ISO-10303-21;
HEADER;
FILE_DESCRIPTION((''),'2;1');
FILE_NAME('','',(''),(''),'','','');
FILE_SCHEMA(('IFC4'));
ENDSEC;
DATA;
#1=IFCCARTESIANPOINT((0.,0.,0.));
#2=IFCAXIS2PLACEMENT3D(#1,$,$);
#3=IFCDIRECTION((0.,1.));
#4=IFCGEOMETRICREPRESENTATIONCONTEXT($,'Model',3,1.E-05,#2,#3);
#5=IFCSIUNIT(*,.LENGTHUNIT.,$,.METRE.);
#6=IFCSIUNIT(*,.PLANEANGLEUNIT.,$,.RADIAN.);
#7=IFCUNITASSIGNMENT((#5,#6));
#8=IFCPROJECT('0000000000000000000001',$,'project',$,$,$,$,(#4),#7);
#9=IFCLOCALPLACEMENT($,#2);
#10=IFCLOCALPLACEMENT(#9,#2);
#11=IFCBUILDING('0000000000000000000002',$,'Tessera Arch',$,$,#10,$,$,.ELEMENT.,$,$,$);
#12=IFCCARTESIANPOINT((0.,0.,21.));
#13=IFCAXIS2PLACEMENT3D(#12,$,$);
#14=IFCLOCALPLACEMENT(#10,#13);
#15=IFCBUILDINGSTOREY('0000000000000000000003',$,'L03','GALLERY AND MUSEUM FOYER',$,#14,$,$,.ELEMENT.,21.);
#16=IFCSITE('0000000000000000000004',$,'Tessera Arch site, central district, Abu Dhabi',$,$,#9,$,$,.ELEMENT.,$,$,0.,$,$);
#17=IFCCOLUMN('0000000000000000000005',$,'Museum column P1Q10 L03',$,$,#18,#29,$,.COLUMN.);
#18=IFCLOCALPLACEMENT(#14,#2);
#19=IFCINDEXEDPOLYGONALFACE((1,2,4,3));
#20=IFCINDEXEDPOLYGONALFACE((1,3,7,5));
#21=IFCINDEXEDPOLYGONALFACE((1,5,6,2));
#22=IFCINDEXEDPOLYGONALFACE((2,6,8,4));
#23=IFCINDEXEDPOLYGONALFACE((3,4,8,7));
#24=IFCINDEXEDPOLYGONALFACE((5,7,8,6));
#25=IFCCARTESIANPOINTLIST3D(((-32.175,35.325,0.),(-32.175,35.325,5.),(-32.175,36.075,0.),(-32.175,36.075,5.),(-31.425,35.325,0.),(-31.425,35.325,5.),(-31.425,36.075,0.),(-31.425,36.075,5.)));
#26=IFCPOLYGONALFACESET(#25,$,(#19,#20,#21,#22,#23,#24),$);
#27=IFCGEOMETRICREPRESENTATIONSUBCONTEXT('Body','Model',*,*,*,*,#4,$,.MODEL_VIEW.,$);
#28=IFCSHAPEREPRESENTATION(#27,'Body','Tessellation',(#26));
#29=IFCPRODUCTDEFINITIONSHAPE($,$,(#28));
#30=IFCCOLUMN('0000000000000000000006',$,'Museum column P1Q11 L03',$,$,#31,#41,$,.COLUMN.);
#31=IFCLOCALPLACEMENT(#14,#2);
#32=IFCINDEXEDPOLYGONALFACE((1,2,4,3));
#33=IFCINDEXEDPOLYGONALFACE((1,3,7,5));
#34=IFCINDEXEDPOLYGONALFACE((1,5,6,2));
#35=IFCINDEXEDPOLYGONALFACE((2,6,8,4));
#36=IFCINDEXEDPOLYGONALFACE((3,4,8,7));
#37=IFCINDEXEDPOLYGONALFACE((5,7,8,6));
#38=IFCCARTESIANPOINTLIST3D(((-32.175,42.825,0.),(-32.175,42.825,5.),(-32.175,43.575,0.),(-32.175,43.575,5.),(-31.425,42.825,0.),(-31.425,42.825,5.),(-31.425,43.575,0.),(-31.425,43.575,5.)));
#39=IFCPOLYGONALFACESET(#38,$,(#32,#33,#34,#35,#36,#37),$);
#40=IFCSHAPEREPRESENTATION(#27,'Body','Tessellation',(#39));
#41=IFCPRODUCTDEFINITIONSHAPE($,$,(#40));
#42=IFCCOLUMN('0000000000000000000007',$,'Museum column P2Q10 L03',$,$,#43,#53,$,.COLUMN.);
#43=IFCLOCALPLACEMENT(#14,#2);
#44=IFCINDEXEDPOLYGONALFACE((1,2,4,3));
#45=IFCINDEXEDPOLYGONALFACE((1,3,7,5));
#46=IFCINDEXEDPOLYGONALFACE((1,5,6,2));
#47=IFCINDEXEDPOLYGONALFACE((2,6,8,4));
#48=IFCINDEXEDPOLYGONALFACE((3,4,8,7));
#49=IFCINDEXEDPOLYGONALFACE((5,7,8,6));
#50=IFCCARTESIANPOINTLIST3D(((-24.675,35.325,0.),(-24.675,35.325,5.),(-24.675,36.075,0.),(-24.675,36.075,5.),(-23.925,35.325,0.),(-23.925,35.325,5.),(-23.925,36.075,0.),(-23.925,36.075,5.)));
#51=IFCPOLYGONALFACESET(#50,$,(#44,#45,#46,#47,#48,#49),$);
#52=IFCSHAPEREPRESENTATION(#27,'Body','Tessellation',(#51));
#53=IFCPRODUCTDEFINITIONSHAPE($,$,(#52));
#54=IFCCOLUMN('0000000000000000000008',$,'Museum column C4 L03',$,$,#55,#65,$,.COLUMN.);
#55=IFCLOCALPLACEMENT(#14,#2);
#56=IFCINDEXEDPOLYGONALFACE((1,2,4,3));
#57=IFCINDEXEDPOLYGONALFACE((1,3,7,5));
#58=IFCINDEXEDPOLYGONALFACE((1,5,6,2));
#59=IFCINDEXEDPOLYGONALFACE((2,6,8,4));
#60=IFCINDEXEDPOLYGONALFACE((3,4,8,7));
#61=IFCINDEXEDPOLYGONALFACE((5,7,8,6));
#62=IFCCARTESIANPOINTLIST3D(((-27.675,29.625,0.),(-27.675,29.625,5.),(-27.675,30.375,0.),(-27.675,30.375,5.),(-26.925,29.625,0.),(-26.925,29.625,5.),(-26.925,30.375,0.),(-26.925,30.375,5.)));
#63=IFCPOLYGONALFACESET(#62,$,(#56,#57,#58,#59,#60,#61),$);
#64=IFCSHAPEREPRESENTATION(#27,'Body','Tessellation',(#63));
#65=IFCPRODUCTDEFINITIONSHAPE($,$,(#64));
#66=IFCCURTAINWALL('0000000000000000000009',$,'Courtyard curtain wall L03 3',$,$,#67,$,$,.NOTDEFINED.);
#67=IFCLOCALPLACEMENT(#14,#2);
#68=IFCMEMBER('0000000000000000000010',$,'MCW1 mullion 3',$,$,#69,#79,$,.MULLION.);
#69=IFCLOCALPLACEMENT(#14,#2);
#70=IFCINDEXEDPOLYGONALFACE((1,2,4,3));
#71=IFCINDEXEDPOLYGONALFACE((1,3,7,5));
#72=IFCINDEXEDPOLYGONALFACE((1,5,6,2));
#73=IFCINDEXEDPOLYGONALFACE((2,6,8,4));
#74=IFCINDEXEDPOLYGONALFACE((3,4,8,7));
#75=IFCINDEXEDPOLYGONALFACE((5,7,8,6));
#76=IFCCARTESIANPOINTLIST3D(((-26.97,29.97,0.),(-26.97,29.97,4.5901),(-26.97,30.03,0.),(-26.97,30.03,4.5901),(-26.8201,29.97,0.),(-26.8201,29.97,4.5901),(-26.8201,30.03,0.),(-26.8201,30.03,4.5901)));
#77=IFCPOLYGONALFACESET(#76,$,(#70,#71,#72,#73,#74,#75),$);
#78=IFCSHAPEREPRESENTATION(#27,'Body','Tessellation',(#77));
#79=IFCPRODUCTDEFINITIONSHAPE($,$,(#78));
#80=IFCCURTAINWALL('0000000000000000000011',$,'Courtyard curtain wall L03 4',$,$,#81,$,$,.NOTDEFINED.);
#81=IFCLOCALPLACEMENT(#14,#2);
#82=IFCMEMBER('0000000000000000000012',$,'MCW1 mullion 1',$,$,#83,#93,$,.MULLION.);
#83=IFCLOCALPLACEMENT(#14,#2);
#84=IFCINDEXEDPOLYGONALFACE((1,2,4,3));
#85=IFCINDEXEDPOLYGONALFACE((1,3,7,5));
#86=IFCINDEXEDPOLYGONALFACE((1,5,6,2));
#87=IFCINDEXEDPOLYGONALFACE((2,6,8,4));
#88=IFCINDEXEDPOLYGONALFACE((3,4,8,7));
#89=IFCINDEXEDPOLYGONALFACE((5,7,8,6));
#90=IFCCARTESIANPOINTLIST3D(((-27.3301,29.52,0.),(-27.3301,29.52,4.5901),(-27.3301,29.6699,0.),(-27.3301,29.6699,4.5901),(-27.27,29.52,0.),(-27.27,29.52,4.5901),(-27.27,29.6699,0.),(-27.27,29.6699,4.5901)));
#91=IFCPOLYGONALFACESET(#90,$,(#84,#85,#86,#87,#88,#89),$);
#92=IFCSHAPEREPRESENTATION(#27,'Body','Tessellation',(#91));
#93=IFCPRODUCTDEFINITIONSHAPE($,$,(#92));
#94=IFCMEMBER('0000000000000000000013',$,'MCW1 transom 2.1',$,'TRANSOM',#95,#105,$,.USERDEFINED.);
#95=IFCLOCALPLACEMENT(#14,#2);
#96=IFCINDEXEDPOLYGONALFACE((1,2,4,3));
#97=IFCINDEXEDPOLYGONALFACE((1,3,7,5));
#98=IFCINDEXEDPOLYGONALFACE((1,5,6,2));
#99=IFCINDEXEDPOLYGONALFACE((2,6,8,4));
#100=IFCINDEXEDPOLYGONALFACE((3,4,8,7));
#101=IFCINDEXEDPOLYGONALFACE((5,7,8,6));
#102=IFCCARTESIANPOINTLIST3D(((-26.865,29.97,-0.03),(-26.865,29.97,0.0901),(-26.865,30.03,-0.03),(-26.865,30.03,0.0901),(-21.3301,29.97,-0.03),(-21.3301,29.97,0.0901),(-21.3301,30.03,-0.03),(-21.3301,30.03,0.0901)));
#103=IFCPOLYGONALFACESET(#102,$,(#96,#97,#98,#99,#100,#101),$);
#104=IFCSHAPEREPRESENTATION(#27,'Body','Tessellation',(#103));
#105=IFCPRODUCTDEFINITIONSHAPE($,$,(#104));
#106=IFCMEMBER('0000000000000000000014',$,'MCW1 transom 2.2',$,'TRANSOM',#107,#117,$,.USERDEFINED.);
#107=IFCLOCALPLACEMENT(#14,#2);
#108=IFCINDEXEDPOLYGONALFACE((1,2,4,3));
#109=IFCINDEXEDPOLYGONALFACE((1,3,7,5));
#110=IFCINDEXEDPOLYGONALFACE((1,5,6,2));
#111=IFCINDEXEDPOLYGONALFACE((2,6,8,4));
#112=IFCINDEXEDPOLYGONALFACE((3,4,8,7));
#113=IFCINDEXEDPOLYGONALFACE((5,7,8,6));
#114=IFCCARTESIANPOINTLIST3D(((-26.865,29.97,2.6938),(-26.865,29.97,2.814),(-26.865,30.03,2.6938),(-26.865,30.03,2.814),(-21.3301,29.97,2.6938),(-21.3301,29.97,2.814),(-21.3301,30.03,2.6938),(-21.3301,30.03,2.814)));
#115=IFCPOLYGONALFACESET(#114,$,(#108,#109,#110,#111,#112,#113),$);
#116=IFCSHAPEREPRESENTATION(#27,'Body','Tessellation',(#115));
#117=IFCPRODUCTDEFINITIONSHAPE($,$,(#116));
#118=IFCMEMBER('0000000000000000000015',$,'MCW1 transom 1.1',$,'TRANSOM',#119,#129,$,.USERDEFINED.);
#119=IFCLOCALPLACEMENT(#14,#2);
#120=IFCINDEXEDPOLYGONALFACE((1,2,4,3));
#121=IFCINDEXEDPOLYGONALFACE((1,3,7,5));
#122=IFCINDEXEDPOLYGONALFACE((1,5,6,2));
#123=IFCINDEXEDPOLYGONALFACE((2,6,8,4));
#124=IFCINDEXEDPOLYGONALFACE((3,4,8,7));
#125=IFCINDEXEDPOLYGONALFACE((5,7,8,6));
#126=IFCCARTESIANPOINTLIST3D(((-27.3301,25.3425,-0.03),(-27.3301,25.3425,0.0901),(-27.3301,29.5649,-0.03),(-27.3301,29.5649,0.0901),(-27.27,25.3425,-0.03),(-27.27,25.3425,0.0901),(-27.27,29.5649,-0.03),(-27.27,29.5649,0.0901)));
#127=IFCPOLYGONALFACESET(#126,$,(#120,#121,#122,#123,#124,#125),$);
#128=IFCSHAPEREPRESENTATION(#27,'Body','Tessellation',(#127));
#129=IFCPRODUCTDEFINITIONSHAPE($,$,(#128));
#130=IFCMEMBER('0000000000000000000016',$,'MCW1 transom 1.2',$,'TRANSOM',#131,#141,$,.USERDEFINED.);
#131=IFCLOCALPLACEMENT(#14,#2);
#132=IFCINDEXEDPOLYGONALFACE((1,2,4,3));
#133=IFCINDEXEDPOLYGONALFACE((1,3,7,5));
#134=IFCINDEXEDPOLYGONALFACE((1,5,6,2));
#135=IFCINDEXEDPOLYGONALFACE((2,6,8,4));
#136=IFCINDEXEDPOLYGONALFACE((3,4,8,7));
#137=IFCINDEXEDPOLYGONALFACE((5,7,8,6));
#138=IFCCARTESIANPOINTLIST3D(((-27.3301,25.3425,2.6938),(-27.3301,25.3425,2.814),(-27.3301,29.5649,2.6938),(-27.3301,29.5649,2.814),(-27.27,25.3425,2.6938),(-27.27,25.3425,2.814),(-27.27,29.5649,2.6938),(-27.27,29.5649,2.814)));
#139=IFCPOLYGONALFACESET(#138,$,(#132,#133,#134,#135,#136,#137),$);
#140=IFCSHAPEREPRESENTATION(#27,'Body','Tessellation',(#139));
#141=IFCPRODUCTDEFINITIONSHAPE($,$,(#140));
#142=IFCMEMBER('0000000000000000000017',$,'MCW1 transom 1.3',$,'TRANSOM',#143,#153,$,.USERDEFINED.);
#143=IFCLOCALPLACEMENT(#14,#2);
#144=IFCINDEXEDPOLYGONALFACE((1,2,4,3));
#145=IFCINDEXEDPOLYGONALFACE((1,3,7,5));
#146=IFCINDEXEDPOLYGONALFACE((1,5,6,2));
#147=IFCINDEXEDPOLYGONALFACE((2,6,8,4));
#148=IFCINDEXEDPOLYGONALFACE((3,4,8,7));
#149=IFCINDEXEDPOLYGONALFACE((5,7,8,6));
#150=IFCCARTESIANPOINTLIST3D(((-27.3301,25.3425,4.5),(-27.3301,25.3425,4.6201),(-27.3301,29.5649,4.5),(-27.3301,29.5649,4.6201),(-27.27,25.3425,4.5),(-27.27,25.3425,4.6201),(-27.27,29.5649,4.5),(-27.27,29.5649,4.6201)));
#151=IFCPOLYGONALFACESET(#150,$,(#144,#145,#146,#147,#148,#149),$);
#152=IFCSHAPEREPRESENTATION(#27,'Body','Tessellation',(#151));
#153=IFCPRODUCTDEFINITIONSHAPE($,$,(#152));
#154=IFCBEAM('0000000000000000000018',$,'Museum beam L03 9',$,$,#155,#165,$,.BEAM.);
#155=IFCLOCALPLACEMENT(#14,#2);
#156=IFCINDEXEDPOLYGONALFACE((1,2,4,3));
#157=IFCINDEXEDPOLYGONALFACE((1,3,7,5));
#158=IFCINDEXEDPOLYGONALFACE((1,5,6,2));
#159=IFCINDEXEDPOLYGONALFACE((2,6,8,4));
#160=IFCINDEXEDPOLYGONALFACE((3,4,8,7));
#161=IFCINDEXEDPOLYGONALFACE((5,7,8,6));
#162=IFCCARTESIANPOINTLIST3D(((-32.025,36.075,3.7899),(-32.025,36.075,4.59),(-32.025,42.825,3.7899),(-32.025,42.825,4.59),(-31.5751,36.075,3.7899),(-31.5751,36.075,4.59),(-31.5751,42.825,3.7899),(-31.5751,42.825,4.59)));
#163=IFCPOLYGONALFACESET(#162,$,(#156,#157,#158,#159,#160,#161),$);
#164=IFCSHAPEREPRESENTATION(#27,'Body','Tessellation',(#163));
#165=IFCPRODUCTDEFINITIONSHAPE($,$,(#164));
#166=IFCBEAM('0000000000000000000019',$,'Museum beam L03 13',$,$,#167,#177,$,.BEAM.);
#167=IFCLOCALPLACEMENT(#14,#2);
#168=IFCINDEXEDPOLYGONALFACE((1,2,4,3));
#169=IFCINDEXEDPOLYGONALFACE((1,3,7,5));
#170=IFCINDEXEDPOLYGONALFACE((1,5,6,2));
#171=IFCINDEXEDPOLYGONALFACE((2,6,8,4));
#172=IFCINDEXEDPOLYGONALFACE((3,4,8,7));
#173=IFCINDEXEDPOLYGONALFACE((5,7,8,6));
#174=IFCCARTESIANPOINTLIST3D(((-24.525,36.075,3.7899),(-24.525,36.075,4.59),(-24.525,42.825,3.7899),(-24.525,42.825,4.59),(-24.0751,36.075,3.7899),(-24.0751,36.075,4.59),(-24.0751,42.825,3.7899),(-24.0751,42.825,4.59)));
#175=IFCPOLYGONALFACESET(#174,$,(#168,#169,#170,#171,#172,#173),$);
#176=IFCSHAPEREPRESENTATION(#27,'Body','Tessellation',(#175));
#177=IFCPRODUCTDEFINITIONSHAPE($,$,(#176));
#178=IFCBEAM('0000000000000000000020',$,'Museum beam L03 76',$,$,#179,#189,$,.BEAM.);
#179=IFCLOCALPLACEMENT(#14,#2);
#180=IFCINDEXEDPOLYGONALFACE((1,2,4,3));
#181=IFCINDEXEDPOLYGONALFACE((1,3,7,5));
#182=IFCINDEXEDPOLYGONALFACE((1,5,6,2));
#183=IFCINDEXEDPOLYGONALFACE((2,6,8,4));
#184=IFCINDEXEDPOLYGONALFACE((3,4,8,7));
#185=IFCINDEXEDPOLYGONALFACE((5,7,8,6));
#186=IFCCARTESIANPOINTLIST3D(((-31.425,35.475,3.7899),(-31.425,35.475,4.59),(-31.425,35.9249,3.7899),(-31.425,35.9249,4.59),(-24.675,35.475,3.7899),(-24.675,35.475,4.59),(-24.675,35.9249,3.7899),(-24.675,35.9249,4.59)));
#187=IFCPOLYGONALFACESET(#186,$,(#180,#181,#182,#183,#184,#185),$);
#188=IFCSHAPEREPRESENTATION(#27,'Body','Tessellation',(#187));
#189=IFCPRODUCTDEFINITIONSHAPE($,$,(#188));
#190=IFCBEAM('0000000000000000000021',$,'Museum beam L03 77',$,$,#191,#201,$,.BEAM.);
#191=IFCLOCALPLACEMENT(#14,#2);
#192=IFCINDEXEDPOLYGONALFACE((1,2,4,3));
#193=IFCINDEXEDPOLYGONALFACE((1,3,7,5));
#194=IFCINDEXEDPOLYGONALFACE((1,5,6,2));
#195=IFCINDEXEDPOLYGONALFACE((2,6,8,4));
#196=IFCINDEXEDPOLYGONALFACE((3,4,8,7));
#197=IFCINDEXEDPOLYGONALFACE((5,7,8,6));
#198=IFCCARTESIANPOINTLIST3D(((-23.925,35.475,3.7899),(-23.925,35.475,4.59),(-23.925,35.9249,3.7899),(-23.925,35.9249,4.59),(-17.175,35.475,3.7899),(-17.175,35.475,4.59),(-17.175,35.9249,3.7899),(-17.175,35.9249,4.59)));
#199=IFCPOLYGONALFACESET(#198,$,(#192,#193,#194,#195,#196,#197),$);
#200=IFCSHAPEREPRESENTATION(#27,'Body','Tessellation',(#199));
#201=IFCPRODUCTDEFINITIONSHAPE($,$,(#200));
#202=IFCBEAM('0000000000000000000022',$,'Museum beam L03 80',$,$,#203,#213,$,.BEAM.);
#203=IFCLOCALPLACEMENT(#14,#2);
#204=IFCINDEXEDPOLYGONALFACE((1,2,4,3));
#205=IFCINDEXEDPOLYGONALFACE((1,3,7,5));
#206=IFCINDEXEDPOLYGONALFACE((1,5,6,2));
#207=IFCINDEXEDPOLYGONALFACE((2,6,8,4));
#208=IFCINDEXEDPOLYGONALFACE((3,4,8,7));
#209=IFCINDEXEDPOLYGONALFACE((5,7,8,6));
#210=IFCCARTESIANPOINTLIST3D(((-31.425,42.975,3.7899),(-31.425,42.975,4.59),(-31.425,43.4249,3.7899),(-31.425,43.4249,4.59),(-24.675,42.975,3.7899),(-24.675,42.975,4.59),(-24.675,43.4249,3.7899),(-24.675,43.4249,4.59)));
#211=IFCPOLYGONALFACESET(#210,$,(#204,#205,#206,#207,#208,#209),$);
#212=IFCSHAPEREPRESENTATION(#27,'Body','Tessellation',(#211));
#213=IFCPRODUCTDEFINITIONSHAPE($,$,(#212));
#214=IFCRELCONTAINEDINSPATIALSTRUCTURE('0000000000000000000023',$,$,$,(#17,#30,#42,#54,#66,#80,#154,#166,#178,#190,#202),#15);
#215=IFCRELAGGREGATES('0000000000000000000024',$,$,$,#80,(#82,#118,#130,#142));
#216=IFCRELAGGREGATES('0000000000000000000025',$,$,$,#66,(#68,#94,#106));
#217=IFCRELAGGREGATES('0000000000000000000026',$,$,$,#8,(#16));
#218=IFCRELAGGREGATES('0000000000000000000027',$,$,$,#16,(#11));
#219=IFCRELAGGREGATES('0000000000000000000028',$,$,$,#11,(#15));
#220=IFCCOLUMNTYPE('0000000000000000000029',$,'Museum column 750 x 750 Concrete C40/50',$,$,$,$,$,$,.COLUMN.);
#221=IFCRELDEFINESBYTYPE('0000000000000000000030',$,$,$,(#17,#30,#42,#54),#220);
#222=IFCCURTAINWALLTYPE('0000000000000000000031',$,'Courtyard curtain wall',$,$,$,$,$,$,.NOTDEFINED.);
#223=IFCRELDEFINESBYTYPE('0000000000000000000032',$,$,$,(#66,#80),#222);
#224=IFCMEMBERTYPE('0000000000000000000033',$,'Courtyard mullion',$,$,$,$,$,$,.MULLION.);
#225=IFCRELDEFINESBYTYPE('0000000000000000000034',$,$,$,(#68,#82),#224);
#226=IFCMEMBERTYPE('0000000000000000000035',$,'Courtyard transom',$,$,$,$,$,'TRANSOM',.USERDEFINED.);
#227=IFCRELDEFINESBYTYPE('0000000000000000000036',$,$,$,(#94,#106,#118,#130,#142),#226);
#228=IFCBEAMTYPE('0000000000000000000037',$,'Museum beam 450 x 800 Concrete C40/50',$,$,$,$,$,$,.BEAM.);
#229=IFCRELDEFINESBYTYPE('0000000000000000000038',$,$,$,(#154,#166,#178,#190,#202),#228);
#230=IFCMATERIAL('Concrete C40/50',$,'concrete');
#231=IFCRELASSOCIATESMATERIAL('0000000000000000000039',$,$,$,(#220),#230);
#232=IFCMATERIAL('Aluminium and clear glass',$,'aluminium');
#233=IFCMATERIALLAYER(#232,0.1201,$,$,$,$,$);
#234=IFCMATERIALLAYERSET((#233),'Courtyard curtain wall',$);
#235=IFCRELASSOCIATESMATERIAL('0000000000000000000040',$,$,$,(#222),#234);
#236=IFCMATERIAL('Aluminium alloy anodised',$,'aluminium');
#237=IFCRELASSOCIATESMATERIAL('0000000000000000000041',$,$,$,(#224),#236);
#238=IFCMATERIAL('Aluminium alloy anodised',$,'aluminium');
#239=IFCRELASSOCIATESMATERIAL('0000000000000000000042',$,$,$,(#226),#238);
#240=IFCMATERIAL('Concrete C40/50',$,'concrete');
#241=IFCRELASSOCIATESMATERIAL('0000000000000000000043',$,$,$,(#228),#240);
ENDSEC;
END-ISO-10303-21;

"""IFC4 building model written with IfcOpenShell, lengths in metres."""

from ifc_helpers import new_model, si_unit, direction, frame, origin, origin_2d, place, context, subcontext, project, spatial, rectangle, extrude, material, layer, layer_set, material_profile, profile_set, type_object, element, aggregate, save


model = new_model("IFC4")

# Units and contexts
model_context = context("Model", 3, precision=1e-05, world=origin(), true_north=direction((0.0, 1.0)))
body_context = subcontext(model_context, "Body", "Model", "MODEL_VIEW")
ifc_project = project(units=[si_unit("LENGTHUNIT", "METRE"), si_unit("PLANEANGLEUNIT", "RADIAN")], contexts=[model_context])

# Site, building, storey
site_placement = place(None, origin())
site = spatial("IfcSite", under=ifc_project, at=site_placement, Name="Tessera Arch site, central district, Abu Dhabi", CompositionType="ELEMENT", RefElevation=0.0)
building_placement = place(site_placement, origin())
building = spatial("IfcBuilding", under=site, at=building_placement, Name="Tessera Arch", CompositionType="ELEMENT")
storey_placement = place(building_placement, frame((0.0, 0.0, 21.0)))
storey = spatial("IfcBuildingStorey", under=building, at=storey_placement, Name="L03", Description="GALLERY AND MUSEUM FOYER", CompositionType="ELEMENT", Elevation=21.0)

# Columns
ifc_material_1 = material(Name="Concrete C40/50", Category="concrete")
ifc_material_profile_1 = material_profile(ifc_material_1, rectangle(XDim=0.75, YDim=0.75, at=origin_2d()), Name="Museum column 750 x 750 Concrete C40/50")
ifc_profile_set_1 = profile_set([ifc_material_profile_1], Name="Concrete C40/50")
column_type = type_object("IfcColumnType", Name="Museum column 750 x 750 Concrete C40/50", PredefinedType="COLUMN", material=ifc_profile_set_1)
for number, where, z_axis, x_axis, name in (
    (1, (-31.8, 35.7, 0.0), (0.0, 0.0, 1.0), (1.0, 0.0, 0.0), "Museum column P1Q10 L03"),
    (2, (-31.8, 43.2, 0.0), (0.0, 0.0, 1.0), (1.0, 0.0, 0.0), "Museum column P1Q11 L03"),
    (3, (-24.3, 35.7, 0.0), (0.0, 0.0, 1.0), (1.0, 0.0, 0.0), "Museum column P2Q10 L03"),
    (4, (-27.3, 30.0, 0.0), (0.0, 0.0, 1.0), (1.0, 0.0, 0.0), "Museum column C4 L03"),
):
    element("IfcColumn", number, at=place(storey_placement, frame(where, z_axis=z_axis, x_axis=x_axis)), inside=storey, type_object=column_type, Name=name, PredefinedType="COLUMN", context=body_context, shape_type="SweptSolid", body=[
        extrude(rectangle(XDim=0.75, YDim=0.75, at=origin_2d()), origin(), (0.0, 0.0, 1.0), 5.0),
    ])

# Curtain walls, members
ifc_material_2 = material(Name="Aluminium and clear glass", Category="aluminium")
ifc_layer_1 = layer(ifc_material_2, 0.1201)
ifc_layer_set_1 = layer_set([ifc_layer_1], Name="Courtyard curtain wall")
curtain_wall_type = type_object("IfcCurtainWallType", Name="Courtyard curtain wall", PredefinedType="NOTDEFINED", material=ifc_layer_set_1)
curtain_wall_1_placement = place(storey_placement, origin())
curtain_wall_1 = element("IfcCurtainWall", 5, at=curtain_wall_1_placement, inside=storey, type_object=curtain_wall_type, Name="Courtyard curtain wall L03 3", PredefinedType="NOTDEFINED")
ifc_material_3 = material(Name="Aluminium alloy anodised", Category="aluminium")
ifc_material_profile_2 = material_profile(ifc_material_3, rectangle(XDim=0.0601, YDim=0.1499, at=origin_2d()), Name="Courtyard mullion")
ifc_profile_set_2 = profile_set([ifc_material_profile_2], Name="Aluminium alloy anodised")
member_type_1 = type_object("IfcMemberType", Name="Courtyard mullion", PredefinedType="MULLION", material=ifc_profile_set_2)
member_1_placement = place(storey_placement, frame((-26.895, 30.0, 0.0), z_axis=(0.0, 0.0, 1.0), x_axis=(0.0, -1.0, 0.0)))
member_1 = element("IfcMember", 6, at=member_1_placement, type_object=member_type_1, Name="MCW1 mullion 3", PredefinedType="MULLION", context=body_context, shape_type="SweptSolid", body=[
    extrude(rectangle(XDim=0.0601, YDim=0.1499, at=origin_2d()), origin(), (0.0, 0.0, 1.0), 4.5901),
])
curtain_wall_2_placement = place(storey_placement, origin())
curtain_wall_2 = element("IfcCurtainWall", 7, at=curtain_wall_2_placement, inside=storey, type_object=curtain_wall_type, Name="Courtyard curtain wall L03 4", PredefinedType="NOTDEFINED")
member_2_placement = place(storey_placement, frame((-27.3, 29.595, 0.0), z_axis=(0.0, 0.0, 1.0), x_axis=(1.0, 0.0, 0.0)))
member_2 = element("IfcMember", 8, at=member_2_placement, type_object=member_type_1, Name="MCW1 mullion 1", PredefinedType="MULLION", context=body_context, shape_type="SweptSolid", body=[
    extrude(rectangle(XDim=0.0601, YDim=0.1499, at=origin_2d()), origin(), (0.0, 0.0, 1.0), 4.5901),
])

# Members
ifc_material_4 = material(Name="Aluminium alloy anodised", Category="aluminium")
ifc_material_profile_3 = material_profile(ifc_material_4, rectangle(XDim=0.0601, YDim=0.1201, at=origin_2d()), Name="Courtyard transom")
ifc_profile_set_3 = profile_set([ifc_material_profile_3], Name="Aluminium alloy anodised")
member_type_2 = type_object("IfcMemberType", Name="Courtyard transom", ElementType="TRANSOM", PredefinedType="USERDEFINED", material=ifc_profile_set_3)
member_3_placement = place(storey_placement, frame((-21.3301, 30.0, 0.03), z_axis=(-1.0, 0.0, 0.0), x_axis=(0.0, -1.0, 0.0)))
member_3 = element("IfcMember", 9, at=member_3_placement, type_object=member_type_2, Name="MCW1 transom 2.1", ObjectType="TRANSOM", PredefinedType="USERDEFINED", context=body_context, shape_type="SweptSolid", body=[
    extrude(rectangle(XDim=0.0601, YDim=0.1201, at=origin_2d()), origin(), (0.0, 0.0, 1.0), 5.5349),
])
member_4_placement = place(storey_placement, frame((-21.3301, 30.0, 2.7539), z_axis=(-1.0, 0.0, 0.0), x_axis=(0.0, -1.0, 0.0)))
member_4 = element("IfcMember", 10, at=member_4_placement, type_object=member_type_2, Name="MCW1 transom 2.2", ObjectType="TRANSOM", PredefinedType="USERDEFINED", context=body_context, shape_type="SweptSolid", body=[
    extrude(rectangle(XDim=0.0601, YDim=0.1201, at=origin_2d()), origin(), (0.0, 0.0, 1.0), 5.5349),
])
member_5_placement = place(storey_placement, frame((-27.3, 29.5649, 0.03), z_axis=(0.0, -1.0, 0.0), x_axis=(1.0, 0.0, 0.0)))
member_5 = element("IfcMember", 11, at=member_5_placement, type_object=member_type_2, Name="MCW1 transom 1.1", ObjectType="TRANSOM", PredefinedType="USERDEFINED", context=body_context, shape_type="SweptSolid", body=[
    extrude(rectangle(XDim=0.0601, YDim=0.1201, at=origin_2d()), origin(), (0.0, 0.0, 1.0), 4.2224),
])
member_6_placement = place(storey_placement, frame((-27.3, 29.5649, 2.7539), z_axis=(0.0, -1.0, 0.0), x_axis=(1.0, 0.0, 0.0)))
member_6 = element("IfcMember", 12, at=member_6_placement, type_object=member_type_2, Name="MCW1 transom 1.2", ObjectType="TRANSOM", PredefinedType="USERDEFINED", context=body_context, shape_type="SweptSolid", body=[
    extrude(rectangle(XDim=0.0601, YDim=0.1201, at=origin_2d()), origin(), (0.0, 0.0, 1.0), 4.2224),
])
member_7_placement = place(storey_placement, frame((-27.3, 29.5649, 4.5601), z_axis=(0.0, -1.0, 0.0), x_axis=(1.0, 0.0, 0.0)))
member_7 = element("IfcMember", 13, at=member_7_placement, type_object=member_type_2, Name="MCW1 transom 1.3", ObjectType="TRANSOM", PredefinedType="USERDEFINED", context=body_context, shape_type="SweptSolid", body=[
    extrude(rectangle(XDim=0.0601, YDim=0.1201, at=origin_2d()), origin(), (0.0, 0.0, 1.0), 4.2224),
])
aggregate(curtain_wall_2, [member_2, member_5, member_6, member_7])

# Beams
ifc_material_5 = material(Name="Concrete C40/50", Category="concrete")
ifc_material_profile_4 = material_profile(ifc_material_5, rectangle(XDim=0.45, YDim=0.8, at=origin_2d()), Name="Museum beam 450 x 800 Concrete C40/50")
ifc_profile_set_4 = profile_set([ifc_material_profile_4], Name="Concrete C40/50")
beam_type = type_object("IfcBeamType", Name="Museum beam 450 x 800 Concrete C40/50", PredefinedType="BEAM", material=ifc_profile_set_4)
for number, where, z_axis, x_axis, name in (
    (14, (-31.8, 36.075, 4.1899), (0.0, 1.0, 0.0), (-1.0, 0.0, 0.0), "Museum beam L03 9"),
    (15, (-24.3, 36.075, 4.1899), (0.0, 1.0, 0.0), (-1.0, 0.0, 0.0), "Museum beam L03 13"),
    (16, (-31.425, 35.7, 4.1899), (1.0, 0.0, 0.0), (0.0, 1.0, 0.0), "Museum beam L03 76"),
    (17, (-23.925, 35.7, 4.1899), (1.0, 0.0, 0.0), (0.0, 1.0, 0.0), "Museum beam L03 77"),
    (18, (-31.425, 43.2, 4.1899), (1.0, 0.0, 0.0), (0.0, 1.0, 0.0), "Museum beam L03 80"),
):
    element("IfcBeam", number, at=place(storey_placement, frame(where, z_axis=z_axis, x_axis=x_axis)), inside=storey, type_object=beam_type, Name=name, PredefinedType="BEAM", context=body_context, shape_type="SweptSolid", body=[
        extrude(rectangle(XDim=0.45, YDim=0.8, at=origin_2d()), origin(), (0.0, 0.0, 1.0), 6.75),
    ])

aggregate(curtain_wall_1, [member_1, member_3, member_4])

save(model, "model.ifc")
